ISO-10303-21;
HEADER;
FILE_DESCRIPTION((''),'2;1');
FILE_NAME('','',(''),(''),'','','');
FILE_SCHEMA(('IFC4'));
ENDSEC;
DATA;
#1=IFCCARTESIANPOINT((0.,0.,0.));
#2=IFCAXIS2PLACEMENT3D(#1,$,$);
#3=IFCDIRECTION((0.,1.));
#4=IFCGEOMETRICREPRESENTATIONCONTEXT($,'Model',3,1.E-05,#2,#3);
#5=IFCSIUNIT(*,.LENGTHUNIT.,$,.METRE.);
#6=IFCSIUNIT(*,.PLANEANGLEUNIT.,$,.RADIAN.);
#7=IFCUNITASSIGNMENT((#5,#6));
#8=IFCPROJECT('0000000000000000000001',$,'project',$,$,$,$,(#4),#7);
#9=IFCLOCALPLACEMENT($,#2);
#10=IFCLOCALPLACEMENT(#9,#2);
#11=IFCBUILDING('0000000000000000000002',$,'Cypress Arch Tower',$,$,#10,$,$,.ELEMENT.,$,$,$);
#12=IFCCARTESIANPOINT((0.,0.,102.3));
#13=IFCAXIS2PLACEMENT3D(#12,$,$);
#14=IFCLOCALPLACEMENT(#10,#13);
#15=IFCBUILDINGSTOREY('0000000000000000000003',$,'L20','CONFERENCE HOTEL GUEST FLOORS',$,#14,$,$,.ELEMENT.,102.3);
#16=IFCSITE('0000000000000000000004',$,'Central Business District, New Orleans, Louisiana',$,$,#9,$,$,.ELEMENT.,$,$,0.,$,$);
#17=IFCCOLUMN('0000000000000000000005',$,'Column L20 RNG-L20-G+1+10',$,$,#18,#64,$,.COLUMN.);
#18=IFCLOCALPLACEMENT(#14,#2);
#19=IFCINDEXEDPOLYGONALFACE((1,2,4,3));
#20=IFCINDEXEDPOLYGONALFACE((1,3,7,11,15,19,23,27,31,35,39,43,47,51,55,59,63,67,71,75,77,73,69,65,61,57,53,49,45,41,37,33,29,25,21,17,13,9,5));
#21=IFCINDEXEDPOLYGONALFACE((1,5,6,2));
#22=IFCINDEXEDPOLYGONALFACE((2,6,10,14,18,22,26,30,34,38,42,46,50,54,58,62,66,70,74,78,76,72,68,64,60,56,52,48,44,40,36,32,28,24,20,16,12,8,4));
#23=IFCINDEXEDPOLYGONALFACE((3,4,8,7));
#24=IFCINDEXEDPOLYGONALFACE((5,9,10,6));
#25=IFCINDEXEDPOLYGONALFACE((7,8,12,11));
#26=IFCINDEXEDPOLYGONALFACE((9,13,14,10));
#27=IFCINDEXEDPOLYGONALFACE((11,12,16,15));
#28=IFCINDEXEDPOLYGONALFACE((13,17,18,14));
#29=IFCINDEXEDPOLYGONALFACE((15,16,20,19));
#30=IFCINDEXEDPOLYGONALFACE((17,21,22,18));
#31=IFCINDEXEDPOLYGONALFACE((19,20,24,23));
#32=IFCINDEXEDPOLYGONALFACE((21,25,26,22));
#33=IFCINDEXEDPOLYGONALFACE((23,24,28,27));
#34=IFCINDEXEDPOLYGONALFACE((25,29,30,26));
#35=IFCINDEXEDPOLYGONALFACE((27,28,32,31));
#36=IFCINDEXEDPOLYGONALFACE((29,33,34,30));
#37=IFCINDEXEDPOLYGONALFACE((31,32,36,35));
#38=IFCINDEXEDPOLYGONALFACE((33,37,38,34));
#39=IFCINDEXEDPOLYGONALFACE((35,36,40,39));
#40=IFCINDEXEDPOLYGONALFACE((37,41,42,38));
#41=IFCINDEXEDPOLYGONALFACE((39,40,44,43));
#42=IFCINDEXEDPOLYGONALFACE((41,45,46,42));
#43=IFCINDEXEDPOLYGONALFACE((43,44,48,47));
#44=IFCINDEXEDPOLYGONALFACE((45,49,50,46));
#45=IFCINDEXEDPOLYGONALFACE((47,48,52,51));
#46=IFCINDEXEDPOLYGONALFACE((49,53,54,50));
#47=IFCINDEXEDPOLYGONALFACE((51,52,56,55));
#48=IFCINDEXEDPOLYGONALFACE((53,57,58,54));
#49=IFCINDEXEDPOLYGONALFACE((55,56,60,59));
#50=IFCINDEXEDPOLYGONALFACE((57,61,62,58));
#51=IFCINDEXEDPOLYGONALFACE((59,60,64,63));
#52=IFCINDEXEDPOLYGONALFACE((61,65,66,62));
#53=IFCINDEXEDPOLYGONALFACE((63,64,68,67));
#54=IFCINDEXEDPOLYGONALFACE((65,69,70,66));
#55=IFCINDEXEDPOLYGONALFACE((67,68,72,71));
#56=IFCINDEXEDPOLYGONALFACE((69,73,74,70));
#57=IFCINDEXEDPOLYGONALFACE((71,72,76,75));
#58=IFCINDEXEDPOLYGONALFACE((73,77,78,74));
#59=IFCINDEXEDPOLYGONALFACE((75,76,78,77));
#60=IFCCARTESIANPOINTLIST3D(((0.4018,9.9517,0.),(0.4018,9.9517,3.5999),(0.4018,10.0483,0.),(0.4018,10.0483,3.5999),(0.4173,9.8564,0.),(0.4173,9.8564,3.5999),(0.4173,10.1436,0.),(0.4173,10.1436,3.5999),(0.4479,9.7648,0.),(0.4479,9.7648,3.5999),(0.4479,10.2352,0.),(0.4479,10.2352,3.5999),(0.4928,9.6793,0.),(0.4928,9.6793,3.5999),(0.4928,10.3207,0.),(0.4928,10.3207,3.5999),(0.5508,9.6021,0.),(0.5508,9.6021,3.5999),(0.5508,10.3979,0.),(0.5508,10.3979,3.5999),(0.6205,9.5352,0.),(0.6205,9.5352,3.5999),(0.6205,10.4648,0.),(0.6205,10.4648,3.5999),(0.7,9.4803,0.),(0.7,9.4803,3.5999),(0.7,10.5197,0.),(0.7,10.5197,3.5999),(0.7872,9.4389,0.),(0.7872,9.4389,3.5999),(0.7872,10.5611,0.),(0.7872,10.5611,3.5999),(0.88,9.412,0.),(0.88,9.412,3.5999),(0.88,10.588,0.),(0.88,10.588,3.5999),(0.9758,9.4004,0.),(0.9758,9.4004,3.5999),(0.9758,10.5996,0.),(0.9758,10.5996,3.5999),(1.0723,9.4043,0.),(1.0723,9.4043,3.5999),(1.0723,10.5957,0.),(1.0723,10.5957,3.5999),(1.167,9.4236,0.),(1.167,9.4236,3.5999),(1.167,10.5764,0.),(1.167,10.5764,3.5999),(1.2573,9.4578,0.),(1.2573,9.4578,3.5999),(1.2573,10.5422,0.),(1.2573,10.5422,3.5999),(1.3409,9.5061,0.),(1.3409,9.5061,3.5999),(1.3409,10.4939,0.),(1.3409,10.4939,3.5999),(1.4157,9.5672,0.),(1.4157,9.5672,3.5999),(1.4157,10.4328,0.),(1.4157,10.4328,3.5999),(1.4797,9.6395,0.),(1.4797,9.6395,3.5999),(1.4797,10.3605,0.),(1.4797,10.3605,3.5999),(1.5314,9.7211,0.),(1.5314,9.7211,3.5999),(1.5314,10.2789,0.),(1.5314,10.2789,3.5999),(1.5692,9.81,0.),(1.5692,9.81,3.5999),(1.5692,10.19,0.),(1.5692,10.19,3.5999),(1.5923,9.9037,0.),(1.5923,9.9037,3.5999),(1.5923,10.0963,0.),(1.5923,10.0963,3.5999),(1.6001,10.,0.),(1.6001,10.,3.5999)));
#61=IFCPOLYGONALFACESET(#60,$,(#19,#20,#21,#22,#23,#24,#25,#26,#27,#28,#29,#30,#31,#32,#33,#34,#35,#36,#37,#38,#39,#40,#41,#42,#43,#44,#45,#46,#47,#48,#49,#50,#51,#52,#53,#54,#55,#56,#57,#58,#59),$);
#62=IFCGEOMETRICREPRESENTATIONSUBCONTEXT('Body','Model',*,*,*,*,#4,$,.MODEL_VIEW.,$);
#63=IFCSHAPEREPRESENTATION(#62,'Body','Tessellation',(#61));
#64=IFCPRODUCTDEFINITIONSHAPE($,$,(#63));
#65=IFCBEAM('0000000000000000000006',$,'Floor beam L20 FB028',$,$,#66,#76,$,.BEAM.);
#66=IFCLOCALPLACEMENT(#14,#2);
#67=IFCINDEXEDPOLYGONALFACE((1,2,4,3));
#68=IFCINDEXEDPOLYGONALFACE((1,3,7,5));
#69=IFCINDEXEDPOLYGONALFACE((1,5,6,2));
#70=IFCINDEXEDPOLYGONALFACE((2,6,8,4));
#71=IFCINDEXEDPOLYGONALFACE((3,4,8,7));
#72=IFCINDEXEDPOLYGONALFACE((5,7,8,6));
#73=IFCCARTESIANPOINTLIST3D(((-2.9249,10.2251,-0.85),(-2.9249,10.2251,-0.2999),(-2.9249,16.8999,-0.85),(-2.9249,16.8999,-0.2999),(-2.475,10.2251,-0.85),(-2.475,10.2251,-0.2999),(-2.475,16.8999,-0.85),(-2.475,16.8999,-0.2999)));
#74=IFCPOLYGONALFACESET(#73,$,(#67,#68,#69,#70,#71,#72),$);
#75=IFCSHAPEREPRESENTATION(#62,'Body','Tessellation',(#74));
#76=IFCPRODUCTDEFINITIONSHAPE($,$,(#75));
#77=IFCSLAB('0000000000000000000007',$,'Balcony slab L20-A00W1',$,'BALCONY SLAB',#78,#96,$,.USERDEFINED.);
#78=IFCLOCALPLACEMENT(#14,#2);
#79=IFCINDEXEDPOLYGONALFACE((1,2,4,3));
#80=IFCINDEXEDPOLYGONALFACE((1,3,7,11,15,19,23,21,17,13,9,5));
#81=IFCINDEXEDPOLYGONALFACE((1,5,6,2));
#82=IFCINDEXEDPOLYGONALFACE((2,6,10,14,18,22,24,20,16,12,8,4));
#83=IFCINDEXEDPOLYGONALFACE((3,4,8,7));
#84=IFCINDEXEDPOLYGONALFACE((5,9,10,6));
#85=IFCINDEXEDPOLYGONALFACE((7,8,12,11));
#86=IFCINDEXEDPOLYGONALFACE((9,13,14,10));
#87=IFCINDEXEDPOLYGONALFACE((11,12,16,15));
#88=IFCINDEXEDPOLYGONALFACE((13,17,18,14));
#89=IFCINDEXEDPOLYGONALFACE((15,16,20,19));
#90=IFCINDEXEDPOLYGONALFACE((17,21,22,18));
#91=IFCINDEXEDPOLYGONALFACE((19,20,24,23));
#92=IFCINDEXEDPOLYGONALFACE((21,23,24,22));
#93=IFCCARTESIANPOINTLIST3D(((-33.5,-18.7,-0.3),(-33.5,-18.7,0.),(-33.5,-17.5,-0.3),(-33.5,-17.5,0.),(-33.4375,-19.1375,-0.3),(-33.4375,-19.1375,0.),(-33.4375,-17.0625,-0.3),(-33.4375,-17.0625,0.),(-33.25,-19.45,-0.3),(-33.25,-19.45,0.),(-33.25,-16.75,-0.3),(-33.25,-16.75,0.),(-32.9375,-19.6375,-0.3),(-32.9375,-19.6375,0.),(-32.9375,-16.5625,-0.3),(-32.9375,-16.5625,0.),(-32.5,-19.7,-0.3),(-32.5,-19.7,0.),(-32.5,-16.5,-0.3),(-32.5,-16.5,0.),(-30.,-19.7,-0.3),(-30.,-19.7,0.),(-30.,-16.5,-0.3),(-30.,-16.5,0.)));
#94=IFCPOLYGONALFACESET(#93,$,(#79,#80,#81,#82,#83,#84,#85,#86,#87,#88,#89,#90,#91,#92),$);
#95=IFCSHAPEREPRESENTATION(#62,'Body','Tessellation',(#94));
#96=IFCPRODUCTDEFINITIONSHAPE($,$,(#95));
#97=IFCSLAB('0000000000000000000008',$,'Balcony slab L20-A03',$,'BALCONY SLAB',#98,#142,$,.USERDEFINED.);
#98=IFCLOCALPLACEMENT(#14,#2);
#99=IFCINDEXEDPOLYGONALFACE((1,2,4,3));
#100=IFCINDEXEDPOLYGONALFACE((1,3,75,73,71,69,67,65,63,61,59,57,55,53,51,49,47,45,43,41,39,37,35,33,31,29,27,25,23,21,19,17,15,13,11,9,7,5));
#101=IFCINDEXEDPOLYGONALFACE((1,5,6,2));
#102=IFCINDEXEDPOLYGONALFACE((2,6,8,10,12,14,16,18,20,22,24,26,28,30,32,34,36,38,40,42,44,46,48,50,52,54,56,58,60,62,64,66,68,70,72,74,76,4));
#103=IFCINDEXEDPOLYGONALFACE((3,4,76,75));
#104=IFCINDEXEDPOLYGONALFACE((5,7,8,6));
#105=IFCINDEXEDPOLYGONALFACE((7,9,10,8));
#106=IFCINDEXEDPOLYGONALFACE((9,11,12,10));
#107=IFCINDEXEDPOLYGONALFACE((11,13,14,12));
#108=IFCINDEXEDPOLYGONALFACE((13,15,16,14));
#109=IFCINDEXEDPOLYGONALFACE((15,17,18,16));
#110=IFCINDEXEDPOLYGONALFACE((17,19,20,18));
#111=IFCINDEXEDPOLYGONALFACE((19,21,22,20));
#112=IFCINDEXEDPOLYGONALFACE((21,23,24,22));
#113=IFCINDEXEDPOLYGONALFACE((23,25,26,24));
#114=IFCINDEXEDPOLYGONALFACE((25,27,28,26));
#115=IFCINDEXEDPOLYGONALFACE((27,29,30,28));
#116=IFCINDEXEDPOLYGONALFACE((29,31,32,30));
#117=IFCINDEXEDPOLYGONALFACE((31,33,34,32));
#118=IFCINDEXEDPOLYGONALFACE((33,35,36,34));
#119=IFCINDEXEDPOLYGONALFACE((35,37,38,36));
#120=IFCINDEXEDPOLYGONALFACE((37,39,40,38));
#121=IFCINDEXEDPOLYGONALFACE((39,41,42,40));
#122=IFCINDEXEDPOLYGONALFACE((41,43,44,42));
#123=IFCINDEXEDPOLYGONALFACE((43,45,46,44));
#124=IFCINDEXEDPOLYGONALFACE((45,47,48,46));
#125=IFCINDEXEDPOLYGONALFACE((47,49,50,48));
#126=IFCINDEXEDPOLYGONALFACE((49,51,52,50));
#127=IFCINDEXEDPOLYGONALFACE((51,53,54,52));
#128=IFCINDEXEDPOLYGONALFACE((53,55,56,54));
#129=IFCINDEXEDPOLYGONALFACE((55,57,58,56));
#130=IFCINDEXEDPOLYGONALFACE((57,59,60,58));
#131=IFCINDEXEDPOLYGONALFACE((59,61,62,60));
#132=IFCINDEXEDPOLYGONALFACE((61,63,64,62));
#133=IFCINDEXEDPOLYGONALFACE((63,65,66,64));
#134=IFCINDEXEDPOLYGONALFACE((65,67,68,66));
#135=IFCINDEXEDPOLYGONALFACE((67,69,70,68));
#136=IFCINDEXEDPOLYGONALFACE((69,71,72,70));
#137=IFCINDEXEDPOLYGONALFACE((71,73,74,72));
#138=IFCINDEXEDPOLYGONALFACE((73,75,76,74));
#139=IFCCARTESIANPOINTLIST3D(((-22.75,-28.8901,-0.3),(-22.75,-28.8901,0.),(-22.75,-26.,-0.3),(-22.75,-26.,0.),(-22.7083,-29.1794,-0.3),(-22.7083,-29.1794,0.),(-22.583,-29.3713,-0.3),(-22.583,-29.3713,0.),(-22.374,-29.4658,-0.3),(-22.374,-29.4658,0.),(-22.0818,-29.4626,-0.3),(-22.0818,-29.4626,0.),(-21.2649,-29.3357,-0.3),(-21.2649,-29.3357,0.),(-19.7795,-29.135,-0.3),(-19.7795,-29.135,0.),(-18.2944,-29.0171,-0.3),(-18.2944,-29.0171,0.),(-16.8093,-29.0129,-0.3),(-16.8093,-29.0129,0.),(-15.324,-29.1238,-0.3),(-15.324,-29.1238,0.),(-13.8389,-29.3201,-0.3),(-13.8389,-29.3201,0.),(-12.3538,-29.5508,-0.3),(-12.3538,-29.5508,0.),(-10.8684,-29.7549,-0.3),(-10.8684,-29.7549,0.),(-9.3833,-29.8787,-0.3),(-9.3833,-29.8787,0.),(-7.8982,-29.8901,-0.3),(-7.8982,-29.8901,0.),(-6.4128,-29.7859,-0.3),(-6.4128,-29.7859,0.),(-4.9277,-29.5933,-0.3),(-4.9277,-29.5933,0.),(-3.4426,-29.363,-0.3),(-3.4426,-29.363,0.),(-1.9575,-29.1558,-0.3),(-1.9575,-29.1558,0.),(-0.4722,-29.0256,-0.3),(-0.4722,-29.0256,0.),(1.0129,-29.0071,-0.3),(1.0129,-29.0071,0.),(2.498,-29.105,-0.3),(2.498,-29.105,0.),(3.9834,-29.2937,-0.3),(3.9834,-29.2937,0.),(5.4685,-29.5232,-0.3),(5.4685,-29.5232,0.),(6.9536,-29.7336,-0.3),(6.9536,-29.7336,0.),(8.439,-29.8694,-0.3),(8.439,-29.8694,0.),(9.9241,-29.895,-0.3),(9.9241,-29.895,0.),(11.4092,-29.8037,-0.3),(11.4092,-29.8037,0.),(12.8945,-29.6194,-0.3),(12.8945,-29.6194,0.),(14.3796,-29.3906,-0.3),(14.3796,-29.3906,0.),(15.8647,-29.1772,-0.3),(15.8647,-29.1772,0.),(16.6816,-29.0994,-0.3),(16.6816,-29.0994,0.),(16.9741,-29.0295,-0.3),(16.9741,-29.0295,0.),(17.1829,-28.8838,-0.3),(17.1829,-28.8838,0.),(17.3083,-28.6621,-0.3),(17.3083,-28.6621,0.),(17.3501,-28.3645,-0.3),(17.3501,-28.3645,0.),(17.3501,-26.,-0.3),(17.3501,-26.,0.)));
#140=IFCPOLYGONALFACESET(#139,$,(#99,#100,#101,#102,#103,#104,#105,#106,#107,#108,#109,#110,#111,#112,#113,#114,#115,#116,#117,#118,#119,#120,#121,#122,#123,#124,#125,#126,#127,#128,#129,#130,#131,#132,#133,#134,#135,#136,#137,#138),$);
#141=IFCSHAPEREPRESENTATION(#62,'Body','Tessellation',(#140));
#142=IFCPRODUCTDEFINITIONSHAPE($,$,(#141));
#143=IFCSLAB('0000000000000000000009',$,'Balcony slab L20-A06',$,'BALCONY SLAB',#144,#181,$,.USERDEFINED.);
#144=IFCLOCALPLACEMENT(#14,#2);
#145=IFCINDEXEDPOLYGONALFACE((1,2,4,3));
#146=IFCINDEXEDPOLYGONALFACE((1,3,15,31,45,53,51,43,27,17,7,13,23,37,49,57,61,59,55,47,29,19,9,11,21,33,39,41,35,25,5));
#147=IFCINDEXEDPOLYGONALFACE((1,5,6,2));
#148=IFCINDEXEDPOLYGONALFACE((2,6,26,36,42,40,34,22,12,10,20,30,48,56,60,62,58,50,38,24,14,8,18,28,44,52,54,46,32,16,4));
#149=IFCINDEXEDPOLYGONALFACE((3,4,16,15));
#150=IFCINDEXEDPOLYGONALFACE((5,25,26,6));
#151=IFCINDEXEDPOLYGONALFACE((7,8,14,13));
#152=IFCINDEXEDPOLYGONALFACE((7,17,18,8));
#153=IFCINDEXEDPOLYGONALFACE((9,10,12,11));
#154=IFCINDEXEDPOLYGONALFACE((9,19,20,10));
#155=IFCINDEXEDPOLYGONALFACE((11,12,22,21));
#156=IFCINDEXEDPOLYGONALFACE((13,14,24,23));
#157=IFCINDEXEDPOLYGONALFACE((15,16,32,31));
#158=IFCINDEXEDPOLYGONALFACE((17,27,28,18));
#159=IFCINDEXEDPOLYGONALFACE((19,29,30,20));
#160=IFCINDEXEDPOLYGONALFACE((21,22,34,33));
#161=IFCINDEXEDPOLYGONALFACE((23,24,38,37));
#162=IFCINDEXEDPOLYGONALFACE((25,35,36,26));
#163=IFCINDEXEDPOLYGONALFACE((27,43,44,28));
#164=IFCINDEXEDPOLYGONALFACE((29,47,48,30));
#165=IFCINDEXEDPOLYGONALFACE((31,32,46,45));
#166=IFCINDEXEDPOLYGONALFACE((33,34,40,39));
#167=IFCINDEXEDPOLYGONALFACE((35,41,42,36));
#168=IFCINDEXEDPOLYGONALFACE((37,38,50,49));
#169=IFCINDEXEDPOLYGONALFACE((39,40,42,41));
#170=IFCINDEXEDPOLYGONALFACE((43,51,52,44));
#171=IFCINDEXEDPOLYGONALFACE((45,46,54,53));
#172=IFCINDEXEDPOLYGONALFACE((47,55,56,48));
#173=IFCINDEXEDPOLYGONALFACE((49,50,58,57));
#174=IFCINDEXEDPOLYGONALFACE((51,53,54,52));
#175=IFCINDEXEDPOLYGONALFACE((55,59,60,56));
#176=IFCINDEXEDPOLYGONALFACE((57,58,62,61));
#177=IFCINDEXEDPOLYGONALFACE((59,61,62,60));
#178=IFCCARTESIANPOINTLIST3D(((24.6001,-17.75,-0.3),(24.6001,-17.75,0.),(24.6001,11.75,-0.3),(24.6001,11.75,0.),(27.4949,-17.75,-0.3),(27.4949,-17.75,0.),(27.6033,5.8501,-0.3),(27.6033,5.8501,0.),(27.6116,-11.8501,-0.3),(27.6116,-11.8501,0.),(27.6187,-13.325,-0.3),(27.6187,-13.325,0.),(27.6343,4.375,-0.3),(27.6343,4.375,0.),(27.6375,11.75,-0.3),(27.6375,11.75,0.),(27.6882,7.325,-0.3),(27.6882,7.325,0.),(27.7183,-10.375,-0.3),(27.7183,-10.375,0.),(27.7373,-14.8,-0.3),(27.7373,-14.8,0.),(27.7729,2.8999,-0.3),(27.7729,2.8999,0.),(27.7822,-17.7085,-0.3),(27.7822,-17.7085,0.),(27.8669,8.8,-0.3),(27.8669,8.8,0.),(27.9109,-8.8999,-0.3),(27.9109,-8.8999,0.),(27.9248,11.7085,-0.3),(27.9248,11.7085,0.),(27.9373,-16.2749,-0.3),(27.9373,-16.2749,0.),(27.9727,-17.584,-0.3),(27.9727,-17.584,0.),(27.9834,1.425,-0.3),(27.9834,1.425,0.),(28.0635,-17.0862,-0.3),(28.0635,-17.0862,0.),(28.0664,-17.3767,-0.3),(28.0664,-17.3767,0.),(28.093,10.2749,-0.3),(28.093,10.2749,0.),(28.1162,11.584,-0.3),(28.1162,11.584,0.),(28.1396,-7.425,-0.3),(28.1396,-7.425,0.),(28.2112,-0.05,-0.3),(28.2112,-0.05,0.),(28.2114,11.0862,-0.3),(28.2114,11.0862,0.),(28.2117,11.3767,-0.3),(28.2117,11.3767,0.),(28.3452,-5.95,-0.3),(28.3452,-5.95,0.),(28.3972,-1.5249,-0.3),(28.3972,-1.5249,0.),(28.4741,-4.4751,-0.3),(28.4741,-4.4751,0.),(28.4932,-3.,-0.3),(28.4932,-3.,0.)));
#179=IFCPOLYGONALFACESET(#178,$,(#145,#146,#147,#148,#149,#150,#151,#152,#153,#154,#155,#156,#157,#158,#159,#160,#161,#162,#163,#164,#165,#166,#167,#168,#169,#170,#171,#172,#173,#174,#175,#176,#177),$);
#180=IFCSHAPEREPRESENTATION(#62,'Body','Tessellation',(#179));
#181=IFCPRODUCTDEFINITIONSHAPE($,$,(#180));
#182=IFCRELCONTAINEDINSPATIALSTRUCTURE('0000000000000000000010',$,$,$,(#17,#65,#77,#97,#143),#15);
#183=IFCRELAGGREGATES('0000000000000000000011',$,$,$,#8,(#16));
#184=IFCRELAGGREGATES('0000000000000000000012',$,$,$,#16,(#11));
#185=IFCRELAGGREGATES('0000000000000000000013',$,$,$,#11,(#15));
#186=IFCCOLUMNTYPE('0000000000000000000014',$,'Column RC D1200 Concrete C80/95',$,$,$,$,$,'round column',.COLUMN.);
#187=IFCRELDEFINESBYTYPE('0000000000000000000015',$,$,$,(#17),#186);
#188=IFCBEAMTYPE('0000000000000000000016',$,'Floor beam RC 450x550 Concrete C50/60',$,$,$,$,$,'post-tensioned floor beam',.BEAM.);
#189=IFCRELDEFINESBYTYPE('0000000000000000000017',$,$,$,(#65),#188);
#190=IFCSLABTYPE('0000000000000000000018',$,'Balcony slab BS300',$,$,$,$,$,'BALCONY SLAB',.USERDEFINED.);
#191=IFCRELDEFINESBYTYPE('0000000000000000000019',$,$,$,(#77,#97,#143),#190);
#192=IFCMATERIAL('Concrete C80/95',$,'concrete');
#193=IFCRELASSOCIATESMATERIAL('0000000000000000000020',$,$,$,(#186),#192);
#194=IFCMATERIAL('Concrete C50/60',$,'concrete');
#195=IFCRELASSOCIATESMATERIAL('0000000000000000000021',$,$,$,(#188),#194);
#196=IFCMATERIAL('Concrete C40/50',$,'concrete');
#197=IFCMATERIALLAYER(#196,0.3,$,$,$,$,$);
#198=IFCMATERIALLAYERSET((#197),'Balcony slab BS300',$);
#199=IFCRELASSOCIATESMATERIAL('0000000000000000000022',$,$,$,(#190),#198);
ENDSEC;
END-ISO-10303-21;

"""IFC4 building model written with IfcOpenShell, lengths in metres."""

from ifc_helpers import new_model, si_unit, direction, frame, origin, origin_2d, place, context, subcontext, project, spatial, polyline, rectangle, circle, outline, extrude, material, layer, layer_set, material_profile, profile_set, type_object, element, save


model = new_model("IFC4")

# Units and contexts
model_context = context("Model", 3, precision=1e-05, world=origin(), true_north=direction((0.0, 1.0)))
body_context = subcontext(model_context, "Body", "Model", "MODEL_VIEW")
ifc_project = project(units=[si_unit("LENGTHUNIT", "METRE"), si_unit("PLANEANGLEUNIT", "RADIAN")], contexts=[model_context])

# Site, building, storey
site_placement = place(None, origin())
site = spatial("IfcSite", under=ifc_project, at=site_placement, Name="Central Business District, New Orleans, Louisiana", CompositionType="ELEMENT", RefElevation=0.0)
building_placement = place(site_placement, origin())
building = spatial("IfcBuilding", under=site, at=building_placement, Name="Cypress Arch Tower", CompositionType="ELEMENT")
storey_placement = place(building_placement, frame((0.0, 0.0, 102.3)))
storey = spatial("IfcBuildingStorey", under=building, at=storey_placement, Name="L20", Description="CONFERENCE HOTEL GUEST FLOORS", CompositionType="ELEMENT", Elevation=102.3)

# Column
ifc_material_1 = material(Name="Concrete C80/95", Category="concrete")
ifc_material_profile_1 = material_profile(ifc_material_1, circle(Radius=0.6001, at=origin_2d()), Name="RC D1200")
ifc_profile_set_1 = profile_set([ifc_material_profile_1], Name="Concrete C80/95")
column_type = type_object("IfcColumnType", Name="Column RC D1200 Concrete C80/95", ElementType="round column", PredefinedType="COLUMN", material=ifc_profile_set_1)
column_placement = place(storey_placement, frame((1.0, 10.0, 0.0), z_axis=(0.0, 0.0, 1.0), x_axis=(1.0, 0.0, 0.0)))
element("IfcColumn", 1, at=column_placement, inside=storey, type_object=column_type, Name="Column L20 RNG-L20-G+1+10", PredefinedType="COLUMN", context=body_context, shape_type="SweptSolid", body=[
    extrude(circle(Radius=0.6001, at=origin_2d()), origin(), (0.0, 0.0, 1.0), 3.5999),
])

# Beam
ifc_material_2 = material(Name="Concrete C50/60", Category="concrete")
ifc_material_profile_2 = material_profile(ifc_material_2, rectangle(XDim=0.45, YDim=0.55, at=origin_2d()), Name="RC 450x550")
ifc_profile_set_2 = profile_set([ifc_material_profile_2], Name="Concrete C50/60")
beam_type = type_object("IfcBeamType", Name="Floor beam RC 450x550 Concrete C50/60", ElementType="post-tensioned floor beam", PredefinedType="BEAM", material=ifc_profile_set_2)
beam_placement = place(storey_placement, frame((-2.7, 10.2251, -0.575), z_axis=(0.0, 1.0, 0.0), x_axis=(-1.0, 0.0, 0.0)))
element("IfcBeam", 2, at=beam_placement, inside=storey, type_object=beam_type, Name="Floor beam L20 FB028", PredefinedType="BEAM", context=body_context, shape_type="SweptSolid", body=[
    extrude(rectangle(XDim=0.45, YDim=0.55, at=origin_2d()), origin(), (0.0, 0.0, 1.0), 6.6748),
])

# Slabs
ifc_material_3 = material(Name="Concrete C40/50", Category="concrete")
ifc_layer_1 = layer(ifc_material_3, 0.3)
ifc_layer_set_1 = layer_set([ifc_layer_1], Name="Balcony slab BS300")
slab_type_1 = type_object("IfcSlabType", Name="Balcony slab BS300", ElementType="BALCONY SLAB", PredefinedType="USERDEFINED", material=ifc_layer_set_1)
slab_1_placement = place(storey_placement, frame((0.0, 0.0, -0.3)))
element("IfcSlab", 3, at=slab_1_placement, inside=storey, type_object=slab_type_1, Name="Balcony slab L20-A00W1", ObjectType="BALCONY SLAB", PredefinedType="USERDEFINED", context=body_context, shape_type="SweptSolid", body=[
    extrude(outline(polyline([(-30.0, -16.5), (-32.5, -16.5), (-32.9375, -16.5625), (-33.25, -16.75), (-33.4375, -17.0625), (-33.5, -17.5), (-33.5, -18.7), (-33.4375, -19.1375), (-33.25, -19.45), (-32.9375, -19.6375), (-32.5, -19.7), (-30.0, -19.7), (-30.0, -16.5)])), origin(), (0.0, 0.0, 1.0), 0.3),
])
slab_2_placement = place(storey_placement, frame((0.0, 0.0, -0.3)))
element("IfcSlab", 4, at=slab_2_placement, inside=storey, type_object=slab_type_1, Name="Balcony slab L20-A03", ObjectType="BALCONY SLAB", PredefinedType="USERDEFINED", context=body_context, shape_type="SweptSolid", body=[
    extrude(outline(polyline([(-22.75, -26.0), (-22.75, -28.8901), (-22.7083, -29.1794), (-22.583, -29.3713), (-22.374, -29.4658), (-22.0818, -29.4626), (-21.2649, -29.3357), (-19.7795, -29.135), (-18.2944, -29.0171), (-16.8093, -29.0129), (-15.324, -29.1238), (-13.8389, -29.3201), (-12.3538, -29.5508), (-10.8684, -29.7549), (-9.3833, -29.8787), (-7.8982, -29.8901), (-6.4128, -29.7859), (-4.9277, -29.5933), (-3.4426, -29.363), (-1.9575, -29.1558), (-0.4722, -29.0256), (1.0129, -29.0071), (2.498, -29.105), (3.9834, -29.2937), (5.4685, -29.5232), (6.9536, -29.7336), (8.439, -29.8694), (9.9241, -29.895), (11.4092, -29.8037), (12.8945, -29.6194), (14.3796, -29.3906), (15.8647, -29.1772), (16.6816, -29.0994), (16.9741, -29.0295), (17.1829, -28.8838), (17.3083, -28.6621), (17.3501, -28.3645), (17.3501, -26.0), (-22.75, -26.0)])), origin(), (0.0, 0.0, 1.0), 0.3),
])
slab_3_placement = place(storey_placement, frame((0.0, 0.0, -0.3)))
element("IfcSlab", 5, at=slab_3_placement, inside=storey, type_object=slab_type_1, Name="Balcony slab L20-A06", ObjectType="BALCONY SLAB", PredefinedType="USERDEFINED", context=body_context, shape_type="SweptSolid", body=[
    extrude(outline(polyline([(24.6001, -17.75), (27.4949, -17.75), (27.7822, -17.7085), (27.9727, -17.584), (28.0664, -17.3767), (28.0635, -17.0862), (27.9373, -16.2749), (27.7373, -14.8), (27.6187, -13.325), (27.6116, -11.8501), (27.7183, -10.375), (27.9109, -8.8999), (28.1396, -7.425), (28.3452, -5.95), (28.4741, -4.4751), (28.4932, -3.0), (28.3972, -1.5249), (28.2112, -0.05), (27.9834, 1.425), (27.7729, 2.8999), (27.6343, 4.375), (27.6033, 5.8501), (27.6882, 7.325), (27.8669, 8.8), (28.093, 10.2749), (28.2114, 11.0862), (28.2117, 11.3767), (28.1162, 11.584), (27.9248, 11.7085), (27.6375, 11.75), (24.6001, 11.75), (24.6001, -17.75)])), origin(), (0.0, 0.0, 1.0), 0.3),
])

save(model, "model.ifc")
